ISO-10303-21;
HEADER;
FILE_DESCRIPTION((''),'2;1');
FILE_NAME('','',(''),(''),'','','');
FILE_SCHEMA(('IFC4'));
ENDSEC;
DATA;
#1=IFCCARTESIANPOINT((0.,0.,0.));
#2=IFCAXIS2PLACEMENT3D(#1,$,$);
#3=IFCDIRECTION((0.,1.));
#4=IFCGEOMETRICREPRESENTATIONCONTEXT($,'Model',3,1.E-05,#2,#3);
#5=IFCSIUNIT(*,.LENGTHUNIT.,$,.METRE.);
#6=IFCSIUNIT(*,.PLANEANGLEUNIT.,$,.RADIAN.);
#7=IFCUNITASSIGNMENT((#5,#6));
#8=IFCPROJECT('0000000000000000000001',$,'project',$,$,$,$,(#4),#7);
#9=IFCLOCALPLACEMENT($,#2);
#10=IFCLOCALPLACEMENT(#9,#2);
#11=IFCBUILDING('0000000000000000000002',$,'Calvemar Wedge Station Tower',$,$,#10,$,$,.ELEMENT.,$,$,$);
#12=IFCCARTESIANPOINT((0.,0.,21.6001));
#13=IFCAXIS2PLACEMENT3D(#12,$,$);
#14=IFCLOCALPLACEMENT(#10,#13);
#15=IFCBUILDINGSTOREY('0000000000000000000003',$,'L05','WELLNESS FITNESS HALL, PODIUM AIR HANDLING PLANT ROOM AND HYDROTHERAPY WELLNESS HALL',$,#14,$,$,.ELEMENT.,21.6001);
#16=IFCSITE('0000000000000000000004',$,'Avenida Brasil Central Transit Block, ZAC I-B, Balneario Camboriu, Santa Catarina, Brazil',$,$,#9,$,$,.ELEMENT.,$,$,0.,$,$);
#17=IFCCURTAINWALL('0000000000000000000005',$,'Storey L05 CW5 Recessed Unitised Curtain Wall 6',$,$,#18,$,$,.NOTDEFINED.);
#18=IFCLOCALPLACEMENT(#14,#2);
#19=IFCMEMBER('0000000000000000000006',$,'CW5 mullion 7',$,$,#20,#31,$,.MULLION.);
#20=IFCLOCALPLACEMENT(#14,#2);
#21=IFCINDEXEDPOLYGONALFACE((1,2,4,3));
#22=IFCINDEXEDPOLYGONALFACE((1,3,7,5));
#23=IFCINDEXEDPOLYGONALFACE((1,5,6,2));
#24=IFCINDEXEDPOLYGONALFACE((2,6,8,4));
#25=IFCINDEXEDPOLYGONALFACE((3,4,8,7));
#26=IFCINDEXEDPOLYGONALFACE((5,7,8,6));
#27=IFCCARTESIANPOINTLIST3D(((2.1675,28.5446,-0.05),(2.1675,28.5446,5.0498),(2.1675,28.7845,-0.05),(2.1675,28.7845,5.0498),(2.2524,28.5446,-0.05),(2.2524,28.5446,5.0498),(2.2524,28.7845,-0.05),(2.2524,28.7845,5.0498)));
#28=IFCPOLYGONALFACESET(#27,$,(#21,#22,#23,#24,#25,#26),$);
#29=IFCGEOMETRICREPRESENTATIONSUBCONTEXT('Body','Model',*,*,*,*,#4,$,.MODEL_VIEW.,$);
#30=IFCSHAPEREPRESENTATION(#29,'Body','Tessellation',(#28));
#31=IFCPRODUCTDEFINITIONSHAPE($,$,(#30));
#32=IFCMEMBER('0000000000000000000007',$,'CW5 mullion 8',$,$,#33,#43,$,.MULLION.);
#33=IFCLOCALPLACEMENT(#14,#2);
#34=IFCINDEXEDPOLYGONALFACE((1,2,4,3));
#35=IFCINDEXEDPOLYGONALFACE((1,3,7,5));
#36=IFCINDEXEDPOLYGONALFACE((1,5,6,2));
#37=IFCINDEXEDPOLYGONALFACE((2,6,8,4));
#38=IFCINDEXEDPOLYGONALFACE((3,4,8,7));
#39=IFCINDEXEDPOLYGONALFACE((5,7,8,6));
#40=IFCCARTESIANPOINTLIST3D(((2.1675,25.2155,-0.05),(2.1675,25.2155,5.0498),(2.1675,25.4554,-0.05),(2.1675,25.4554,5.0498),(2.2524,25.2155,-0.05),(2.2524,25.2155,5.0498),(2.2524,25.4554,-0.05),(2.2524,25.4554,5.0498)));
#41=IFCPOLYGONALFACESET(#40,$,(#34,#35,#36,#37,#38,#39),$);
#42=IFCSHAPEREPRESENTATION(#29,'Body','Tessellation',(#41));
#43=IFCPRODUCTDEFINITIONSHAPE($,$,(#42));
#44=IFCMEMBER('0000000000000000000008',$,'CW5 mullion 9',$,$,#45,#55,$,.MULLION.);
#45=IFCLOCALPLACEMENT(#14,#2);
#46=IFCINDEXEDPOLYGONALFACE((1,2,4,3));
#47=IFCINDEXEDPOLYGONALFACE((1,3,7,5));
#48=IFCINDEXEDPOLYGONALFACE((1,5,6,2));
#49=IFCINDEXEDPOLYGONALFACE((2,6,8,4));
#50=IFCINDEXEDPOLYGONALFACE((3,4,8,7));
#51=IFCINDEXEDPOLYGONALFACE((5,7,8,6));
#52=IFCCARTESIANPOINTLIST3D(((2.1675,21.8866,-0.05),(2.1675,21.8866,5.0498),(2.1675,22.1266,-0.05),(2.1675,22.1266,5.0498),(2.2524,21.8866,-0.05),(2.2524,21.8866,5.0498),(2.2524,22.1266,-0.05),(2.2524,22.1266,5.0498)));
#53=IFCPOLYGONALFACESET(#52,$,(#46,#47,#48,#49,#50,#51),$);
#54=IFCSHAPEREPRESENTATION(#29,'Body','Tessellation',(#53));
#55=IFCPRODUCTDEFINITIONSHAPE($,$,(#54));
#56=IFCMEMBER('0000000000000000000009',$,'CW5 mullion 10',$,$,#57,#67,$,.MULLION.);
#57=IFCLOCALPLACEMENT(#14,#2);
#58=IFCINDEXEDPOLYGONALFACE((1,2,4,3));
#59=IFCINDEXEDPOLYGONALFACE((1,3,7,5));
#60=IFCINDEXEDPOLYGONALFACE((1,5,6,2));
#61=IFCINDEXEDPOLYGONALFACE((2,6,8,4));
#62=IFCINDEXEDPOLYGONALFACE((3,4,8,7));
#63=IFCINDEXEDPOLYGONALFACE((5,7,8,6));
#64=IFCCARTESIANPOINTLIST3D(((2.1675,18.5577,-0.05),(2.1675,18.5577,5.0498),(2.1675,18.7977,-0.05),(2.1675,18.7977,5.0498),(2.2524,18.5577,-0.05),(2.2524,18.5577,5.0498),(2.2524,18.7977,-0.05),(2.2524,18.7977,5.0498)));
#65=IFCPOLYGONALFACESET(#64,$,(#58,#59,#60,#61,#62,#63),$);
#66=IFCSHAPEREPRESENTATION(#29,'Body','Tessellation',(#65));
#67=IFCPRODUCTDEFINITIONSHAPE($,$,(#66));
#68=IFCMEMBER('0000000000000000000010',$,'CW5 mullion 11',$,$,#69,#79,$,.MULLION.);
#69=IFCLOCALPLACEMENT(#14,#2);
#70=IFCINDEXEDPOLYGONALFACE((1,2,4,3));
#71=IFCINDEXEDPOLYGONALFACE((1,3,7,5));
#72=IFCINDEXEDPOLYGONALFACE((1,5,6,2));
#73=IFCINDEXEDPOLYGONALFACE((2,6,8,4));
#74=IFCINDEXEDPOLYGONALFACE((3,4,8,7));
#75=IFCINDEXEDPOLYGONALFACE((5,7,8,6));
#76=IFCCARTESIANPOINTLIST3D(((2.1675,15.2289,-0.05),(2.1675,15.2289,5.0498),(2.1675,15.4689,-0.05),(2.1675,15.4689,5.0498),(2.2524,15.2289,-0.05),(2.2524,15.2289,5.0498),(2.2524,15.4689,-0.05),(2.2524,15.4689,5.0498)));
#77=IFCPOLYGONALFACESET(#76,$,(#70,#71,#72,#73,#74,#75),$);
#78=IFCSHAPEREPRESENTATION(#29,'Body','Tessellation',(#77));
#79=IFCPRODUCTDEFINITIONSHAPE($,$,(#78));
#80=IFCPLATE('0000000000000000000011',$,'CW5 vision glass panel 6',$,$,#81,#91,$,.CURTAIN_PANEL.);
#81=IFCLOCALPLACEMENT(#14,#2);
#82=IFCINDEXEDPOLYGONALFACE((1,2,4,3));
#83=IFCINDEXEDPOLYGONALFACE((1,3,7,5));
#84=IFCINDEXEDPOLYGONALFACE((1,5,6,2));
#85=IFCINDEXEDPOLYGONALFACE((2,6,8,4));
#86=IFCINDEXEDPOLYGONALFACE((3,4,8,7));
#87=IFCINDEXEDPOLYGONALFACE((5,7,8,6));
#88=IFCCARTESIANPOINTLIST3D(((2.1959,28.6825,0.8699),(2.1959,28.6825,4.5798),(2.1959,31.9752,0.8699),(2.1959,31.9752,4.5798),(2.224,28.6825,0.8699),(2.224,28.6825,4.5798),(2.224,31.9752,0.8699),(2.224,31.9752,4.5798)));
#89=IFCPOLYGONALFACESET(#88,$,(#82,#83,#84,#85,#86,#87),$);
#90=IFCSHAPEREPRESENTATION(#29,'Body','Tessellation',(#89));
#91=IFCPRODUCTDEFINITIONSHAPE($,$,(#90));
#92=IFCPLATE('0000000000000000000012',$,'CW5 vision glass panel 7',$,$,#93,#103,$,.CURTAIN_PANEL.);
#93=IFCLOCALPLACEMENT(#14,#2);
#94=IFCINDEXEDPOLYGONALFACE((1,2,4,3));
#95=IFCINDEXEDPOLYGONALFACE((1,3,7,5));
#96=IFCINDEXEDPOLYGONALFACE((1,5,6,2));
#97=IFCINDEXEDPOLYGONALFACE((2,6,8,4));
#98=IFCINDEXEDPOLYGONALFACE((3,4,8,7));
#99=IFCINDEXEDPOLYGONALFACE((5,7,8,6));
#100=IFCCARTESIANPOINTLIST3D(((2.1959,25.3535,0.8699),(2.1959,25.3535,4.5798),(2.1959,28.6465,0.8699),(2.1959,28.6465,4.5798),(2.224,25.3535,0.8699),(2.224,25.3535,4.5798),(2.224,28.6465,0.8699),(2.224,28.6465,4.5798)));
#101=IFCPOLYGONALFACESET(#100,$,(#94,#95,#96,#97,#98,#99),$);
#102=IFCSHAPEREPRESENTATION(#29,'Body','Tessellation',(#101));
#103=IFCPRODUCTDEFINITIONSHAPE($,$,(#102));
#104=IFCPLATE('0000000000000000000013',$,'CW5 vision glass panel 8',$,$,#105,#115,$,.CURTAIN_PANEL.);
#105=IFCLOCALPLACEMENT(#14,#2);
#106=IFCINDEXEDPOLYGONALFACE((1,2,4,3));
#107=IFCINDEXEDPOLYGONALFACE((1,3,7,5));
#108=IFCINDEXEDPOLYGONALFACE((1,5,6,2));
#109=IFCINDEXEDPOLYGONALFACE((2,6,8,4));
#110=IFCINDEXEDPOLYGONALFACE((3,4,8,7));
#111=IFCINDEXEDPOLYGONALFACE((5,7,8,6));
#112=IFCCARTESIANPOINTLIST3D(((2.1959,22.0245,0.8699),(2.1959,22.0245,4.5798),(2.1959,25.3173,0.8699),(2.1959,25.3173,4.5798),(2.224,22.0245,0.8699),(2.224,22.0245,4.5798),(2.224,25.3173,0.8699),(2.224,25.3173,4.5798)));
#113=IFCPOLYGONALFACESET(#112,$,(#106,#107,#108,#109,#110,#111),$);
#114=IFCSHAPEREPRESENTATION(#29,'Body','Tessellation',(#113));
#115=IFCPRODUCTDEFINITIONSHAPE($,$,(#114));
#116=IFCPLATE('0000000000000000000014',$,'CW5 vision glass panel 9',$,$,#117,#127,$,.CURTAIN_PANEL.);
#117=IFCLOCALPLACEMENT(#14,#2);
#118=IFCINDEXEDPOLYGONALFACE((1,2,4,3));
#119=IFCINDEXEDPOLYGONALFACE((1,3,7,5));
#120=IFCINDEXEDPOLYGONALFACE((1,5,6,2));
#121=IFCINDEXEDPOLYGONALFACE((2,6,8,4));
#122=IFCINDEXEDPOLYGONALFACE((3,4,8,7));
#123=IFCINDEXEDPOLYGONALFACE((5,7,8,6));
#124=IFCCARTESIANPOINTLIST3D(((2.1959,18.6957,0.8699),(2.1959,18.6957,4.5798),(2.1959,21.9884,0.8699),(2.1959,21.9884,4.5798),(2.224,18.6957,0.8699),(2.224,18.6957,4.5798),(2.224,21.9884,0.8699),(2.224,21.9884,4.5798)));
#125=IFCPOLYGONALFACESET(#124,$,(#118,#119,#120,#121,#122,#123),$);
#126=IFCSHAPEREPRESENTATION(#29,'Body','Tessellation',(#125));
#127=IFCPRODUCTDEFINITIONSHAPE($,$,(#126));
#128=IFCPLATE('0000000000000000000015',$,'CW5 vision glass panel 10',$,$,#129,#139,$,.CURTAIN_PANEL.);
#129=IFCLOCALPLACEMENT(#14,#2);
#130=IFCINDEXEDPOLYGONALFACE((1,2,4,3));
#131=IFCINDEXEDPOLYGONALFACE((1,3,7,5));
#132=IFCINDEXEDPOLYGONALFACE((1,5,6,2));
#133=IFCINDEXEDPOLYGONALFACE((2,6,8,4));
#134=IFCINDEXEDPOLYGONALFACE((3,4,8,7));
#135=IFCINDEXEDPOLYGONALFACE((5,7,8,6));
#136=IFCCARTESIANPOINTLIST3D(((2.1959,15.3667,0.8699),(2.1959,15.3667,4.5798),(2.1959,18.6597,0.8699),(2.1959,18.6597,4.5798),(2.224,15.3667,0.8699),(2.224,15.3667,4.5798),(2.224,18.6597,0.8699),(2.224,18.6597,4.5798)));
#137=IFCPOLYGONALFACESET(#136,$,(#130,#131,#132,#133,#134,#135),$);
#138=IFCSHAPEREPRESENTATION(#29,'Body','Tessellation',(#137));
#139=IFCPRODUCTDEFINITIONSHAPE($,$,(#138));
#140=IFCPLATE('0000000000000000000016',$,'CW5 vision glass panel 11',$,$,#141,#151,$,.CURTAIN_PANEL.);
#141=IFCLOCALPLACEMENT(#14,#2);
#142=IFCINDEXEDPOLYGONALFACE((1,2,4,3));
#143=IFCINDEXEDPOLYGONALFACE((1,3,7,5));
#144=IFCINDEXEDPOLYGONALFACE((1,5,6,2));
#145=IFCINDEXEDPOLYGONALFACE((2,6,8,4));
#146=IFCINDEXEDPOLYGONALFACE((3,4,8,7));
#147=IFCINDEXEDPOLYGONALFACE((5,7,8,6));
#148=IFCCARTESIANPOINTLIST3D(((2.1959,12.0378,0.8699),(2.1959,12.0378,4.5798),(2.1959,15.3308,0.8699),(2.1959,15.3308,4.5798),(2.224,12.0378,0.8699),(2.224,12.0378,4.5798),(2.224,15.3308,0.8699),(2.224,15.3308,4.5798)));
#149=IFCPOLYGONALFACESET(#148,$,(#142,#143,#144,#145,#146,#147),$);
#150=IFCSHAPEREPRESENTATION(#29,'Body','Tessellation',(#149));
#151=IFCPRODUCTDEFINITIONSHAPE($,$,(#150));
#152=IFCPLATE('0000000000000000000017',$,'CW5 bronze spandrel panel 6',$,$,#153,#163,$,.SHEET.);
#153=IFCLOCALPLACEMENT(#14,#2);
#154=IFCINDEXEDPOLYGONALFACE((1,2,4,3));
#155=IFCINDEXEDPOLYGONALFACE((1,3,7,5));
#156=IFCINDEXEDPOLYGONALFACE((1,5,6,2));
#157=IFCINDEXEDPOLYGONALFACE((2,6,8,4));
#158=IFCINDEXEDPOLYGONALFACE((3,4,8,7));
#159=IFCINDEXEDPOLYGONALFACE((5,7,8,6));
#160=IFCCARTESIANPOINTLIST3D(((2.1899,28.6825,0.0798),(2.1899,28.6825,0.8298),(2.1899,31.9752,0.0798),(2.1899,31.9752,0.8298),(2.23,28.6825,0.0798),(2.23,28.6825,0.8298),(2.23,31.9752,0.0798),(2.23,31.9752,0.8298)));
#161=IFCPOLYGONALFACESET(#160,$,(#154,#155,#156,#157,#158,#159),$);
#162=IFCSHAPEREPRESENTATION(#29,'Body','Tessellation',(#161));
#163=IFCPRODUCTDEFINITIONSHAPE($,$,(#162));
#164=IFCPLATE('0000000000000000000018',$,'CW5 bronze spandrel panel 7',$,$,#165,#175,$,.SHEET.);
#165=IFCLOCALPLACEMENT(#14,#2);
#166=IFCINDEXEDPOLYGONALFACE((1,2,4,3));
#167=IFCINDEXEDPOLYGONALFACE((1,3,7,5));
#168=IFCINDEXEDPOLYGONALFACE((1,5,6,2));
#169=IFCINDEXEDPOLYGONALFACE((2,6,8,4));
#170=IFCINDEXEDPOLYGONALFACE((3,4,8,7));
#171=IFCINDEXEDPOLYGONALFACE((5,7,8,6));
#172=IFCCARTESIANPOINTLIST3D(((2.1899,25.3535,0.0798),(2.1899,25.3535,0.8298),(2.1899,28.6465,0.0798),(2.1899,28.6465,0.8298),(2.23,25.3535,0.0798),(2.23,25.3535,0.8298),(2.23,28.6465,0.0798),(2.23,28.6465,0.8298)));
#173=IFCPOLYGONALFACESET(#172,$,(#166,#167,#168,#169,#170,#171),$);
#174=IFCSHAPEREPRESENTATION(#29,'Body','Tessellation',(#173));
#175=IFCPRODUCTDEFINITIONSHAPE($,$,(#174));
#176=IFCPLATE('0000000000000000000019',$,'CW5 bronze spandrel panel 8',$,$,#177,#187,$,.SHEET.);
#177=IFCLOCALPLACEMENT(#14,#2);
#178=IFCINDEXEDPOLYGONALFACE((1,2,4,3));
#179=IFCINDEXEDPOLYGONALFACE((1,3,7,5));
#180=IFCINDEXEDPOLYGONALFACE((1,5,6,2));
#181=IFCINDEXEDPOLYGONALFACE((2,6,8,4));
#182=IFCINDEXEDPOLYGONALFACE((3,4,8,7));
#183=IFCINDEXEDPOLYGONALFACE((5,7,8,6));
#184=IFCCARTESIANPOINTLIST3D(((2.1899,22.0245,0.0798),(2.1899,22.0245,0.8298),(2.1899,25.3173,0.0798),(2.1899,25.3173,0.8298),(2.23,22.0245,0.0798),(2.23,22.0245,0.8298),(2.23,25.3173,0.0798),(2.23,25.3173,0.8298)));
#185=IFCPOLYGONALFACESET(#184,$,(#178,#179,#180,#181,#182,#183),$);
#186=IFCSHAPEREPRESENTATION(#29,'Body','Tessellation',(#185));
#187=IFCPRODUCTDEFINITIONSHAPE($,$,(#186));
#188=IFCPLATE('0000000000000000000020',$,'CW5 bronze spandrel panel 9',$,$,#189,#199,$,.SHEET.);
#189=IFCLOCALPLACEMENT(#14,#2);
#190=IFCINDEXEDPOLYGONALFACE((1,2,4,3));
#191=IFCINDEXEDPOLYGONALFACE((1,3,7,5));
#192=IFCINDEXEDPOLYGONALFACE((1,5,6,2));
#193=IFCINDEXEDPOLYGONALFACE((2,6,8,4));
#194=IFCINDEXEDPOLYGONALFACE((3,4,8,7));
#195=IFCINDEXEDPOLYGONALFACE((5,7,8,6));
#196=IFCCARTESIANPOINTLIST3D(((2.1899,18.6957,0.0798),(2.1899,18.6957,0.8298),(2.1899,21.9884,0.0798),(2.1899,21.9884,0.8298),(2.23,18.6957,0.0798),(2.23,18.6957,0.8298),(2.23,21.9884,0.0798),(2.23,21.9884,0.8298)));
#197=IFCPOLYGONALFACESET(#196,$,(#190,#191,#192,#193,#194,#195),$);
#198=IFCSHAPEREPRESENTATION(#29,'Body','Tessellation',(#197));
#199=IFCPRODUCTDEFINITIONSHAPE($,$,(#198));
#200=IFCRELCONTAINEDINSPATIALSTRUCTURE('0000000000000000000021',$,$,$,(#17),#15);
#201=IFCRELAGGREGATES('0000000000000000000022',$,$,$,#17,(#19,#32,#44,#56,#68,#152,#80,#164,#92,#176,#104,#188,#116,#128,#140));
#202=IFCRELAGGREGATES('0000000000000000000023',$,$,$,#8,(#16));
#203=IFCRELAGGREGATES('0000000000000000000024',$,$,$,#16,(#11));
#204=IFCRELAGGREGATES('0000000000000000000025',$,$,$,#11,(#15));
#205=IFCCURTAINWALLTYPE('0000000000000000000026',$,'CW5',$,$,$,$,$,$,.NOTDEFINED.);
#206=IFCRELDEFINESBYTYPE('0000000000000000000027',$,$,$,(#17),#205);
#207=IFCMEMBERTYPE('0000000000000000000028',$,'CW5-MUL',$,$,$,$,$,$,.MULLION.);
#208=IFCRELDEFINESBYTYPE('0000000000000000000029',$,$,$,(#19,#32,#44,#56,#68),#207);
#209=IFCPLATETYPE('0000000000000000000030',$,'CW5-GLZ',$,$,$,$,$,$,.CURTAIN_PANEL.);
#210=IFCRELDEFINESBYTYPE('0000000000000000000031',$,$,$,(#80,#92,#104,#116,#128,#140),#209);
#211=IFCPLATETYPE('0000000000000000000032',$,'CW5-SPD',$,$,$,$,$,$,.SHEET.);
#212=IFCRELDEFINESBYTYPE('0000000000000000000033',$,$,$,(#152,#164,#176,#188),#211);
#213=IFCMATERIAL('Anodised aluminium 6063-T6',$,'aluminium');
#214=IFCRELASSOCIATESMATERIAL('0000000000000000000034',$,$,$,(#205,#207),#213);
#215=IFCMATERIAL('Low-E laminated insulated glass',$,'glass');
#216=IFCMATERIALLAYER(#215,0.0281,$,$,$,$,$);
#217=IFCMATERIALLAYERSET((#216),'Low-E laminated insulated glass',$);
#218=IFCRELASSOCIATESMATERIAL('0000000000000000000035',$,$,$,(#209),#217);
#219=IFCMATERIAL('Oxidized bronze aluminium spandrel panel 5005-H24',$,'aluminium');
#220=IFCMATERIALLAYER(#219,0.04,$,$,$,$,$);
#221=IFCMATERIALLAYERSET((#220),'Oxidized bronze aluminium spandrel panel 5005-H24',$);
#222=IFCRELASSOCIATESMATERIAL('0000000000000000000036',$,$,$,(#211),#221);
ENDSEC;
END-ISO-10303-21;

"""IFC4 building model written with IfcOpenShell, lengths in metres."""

from ifc_helpers import new_model, si_unit, direction, frame, frame_2d, origin, origin_2d, place, context, subcontext, project, spatial, rectangle, extrude, source, transform, mapped, material, layer, layer_set, material_profile, profile_set, type_object, element, aggregate, save


model = new_model("IFC4")

# Units and contexts
model_context = context("Model", 3, precision=1e-05, world=origin(), true_north=direction((0.0, 1.0)))
body_context = subcontext(model_context, "Body", "Model", "MODEL_VIEW")
ifc_project = project(units=[si_unit("LENGTHUNIT", "METRE"), si_unit("PLANEANGLEUNIT", "RADIAN")], contexts=[model_context])

# Site, building, storey
site_placement = place(None, origin())
site = spatial("IfcSite", under=ifc_project, at=site_placement, Name="Avenida Brasil Central Transit Block, ZAC I-B, Balneario Camboriu, Santa Catarina, Brazil", CompositionType="ELEMENT", RefElevation=0.0)
building_placement = place(site_placement, origin())
building = spatial("IfcBuilding", under=site, at=building_placement, Name="Calvemar Wedge Station Tower", CompositionType="ELEMENT")
storey_placement = place(building_placement, frame((0.0, 0.0, 21.6001)))
storey = spatial("IfcBuildingStorey", under=building, at=storey_placement, Name="L05", Description="WELLNESS FITNESS HALL, PODIUM AIR HANDLING PLANT ROOM AND HYDROTHERAPY WELLNESS HALL", CompositionType="ELEMENT", Elevation=21.6001)

# Curtain wall, members, plates
ifc_material_1 = material(Name="Anodised aluminium 6063-T6", Category="aluminium")
curtain_wall_type = type_object("IfcCurtainWallType", Name="CW5", PredefinedType="NOTDEFINED", material=ifc_material_1)
curtain_wall_placement = place(storey_placement, origin())
curtain_wall = element("IfcCurtainWall", 1, at=curtain_wall_placement, inside=storey, type_object=curtain_wall_type, Name="Storey L05 CW5 Recessed Unitised Curtain Wall 6", PredefinedType="NOTDEFINED")
ifc_material_profile_1 = material_profile(ifc_material_1, rectangle(XDim=0.085, YDim=0.24, at=origin_2d()), Name="AL-MUL-85x240")
ifc_profile_set_1 = profile_set([ifc_material_profile_1], Name="Anodised aluminium 6063-T6")
member_type_1 = type_object("IfcMemberType", Name="CW5-MUL", PredefinedType="MULLION", material=ifc_profile_set_1)
shared_shape_1 = source(origin(), body_context, "Body", "SweptSolid", [
    extrude(rectangle(XDim=0.085, YDim=0.24, at=origin_2d()), origin(), (0.0, 0.0, 1.0), 5.0999),
])
member_1_placement = place(storey_placement, frame((2.21, 28.6646, -0.05), z_axis=(0.0, 0.0, 1.0), x_axis=(1.0, 0.0, 0.0)))
member_1 = element("IfcMember", 2, at=member_1_placement, type_object=member_type_1, Name="CW5 mullion 7", PredefinedType="MULLION", context=body_context, shape_type="MappedRepresentation", body=[
    mapped(shared_shape_1, transform((0.0, 0.0, 0.0), scale=1.0)),
])
member_2_placement = place(storey_placement, frame((2.21, 25.3354, -0.05), z_axis=(0.0, 0.0, 1.0), x_axis=(1.0, 0.0, 0.0)))
member_2 = element("IfcMember", 3, at=member_2_placement, type_object=member_type_1, Name="CW5 mullion 8", PredefinedType="MULLION", context=body_context, shape_type="MappedRepresentation", body=[
    mapped(shared_shape_1, transform((0.0, 0.0, 0.0), scale=1.0)),
])
member_3_placement = place(storey_placement, frame((2.21, 22.0066, -0.05), z_axis=(0.0, 0.0, 1.0), x_axis=(1.0, 0.0, 0.0)))
member_3 = element("IfcMember", 4, at=member_3_placement, type_object=member_type_1, Name="CW5 mullion 9", PredefinedType="MULLION", context=body_context, shape_type="MappedRepresentation", body=[
    mapped(shared_shape_1, transform((0.0, 0.0, 0.0), scale=1.0)),
])
member_4_placement = place(storey_placement, frame((2.21, 18.6777, -0.05), z_axis=(0.0, 0.0, 1.0), x_axis=(1.0, 0.0, 0.0)))
member_4 = element("IfcMember", 5, at=member_4_placement, type_object=member_type_1, Name="CW5 mullion 10", PredefinedType="MULLION", context=body_context, shape_type="MappedRepresentation", body=[
    mapped(shared_shape_1, transform((0.0, 0.0, 0.0), scale=1.0)),
])
member_5_placement = place(storey_placement, frame((2.21, 15.3489, -0.05), z_axis=(0.0, 0.0, 1.0), x_axis=(1.0, 0.0, 0.0)))
member_5 = element("IfcMember", 6, at=member_5_placement, type_object=member_type_1, Name="CW5 mullion 11", PredefinedType="MULLION", context=body_context, shape_type="MappedRepresentation", body=[
    mapped(shared_shape_1, transform((0.0, 0.0, 0.0), scale=1.0)),
])
ifc_material_2 = material(Name="Low-E laminated insulated glass", Category="glass")
ifc_layer_1 = layer(ifc_material_2, 0.0281)
ifc_layer_set_1 = layer_set([ifc_layer_1], Name="Low-E laminated insulated glass")
plate_type_1 = type_object("IfcPlateType", Name="CW5-GLZ", PredefinedType="CURTAIN_PANEL", material=ifc_layer_set_1)
plate_1_placement = place(storey_placement, frame((2.21, 31.9753, 0.8699), z_axis=(0.0, 0.0, 1.0), x_axis=(0.0, -1.0, 0.0)))
plate_1 = element("IfcPlate", 7, at=plate_1_placement, type_object=plate_type_1, Name="CW5 vision glass panel 6", PredefinedType="CURTAIN_PANEL", context=body_context, shape_type="SweptSolid", body=[
    extrude(rectangle(XDim=3.2927, YDim=0.0281, at=frame_2d((1.6465, 0.0))), origin(), (0.0, 0.0, 1.0), 3.71),
])
plate_2_placement = place(storey_placement, frame((2.21, 28.6465, 0.8699), z_axis=(0.0, 0.0, 1.0), x_axis=(0.0, -1.0, 0.0)))
plate_2 = element("IfcPlate", 8, at=plate_2_placement, type_object=plate_type_1, Name="CW5 vision glass panel 7", PredefinedType="CURTAIN_PANEL", context=body_context, shape_type="SweptSolid", body=[
    extrude(rectangle(XDim=3.293, YDim=0.0281, at=frame_2d((1.6465, 0.0))), origin(), (0.0, 0.0, 1.0), 3.71),
])
plate_3_placement = place(storey_placement, frame((2.21, 25.3174, 0.8699), z_axis=(0.0, 0.0, 1.0), x_axis=(0.0, -1.0, 0.0)))
plate_3 = element("IfcPlate", 9, at=plate_3_placement, type_object=plate_type_1, Name="CW5 vision glass panel 8", PredefinedType="CURTAIN_PANEL", context=body_context, shape_type="SweptSolid", body=[
    extrude(rectangle(XDim=3.2927, YDim=0.0281, at=frame_2d((1.6465, 0.0))), origin(), (0.0, 0.0, 1.0), 3.71),
])
plate_4_placement = place(storey_placement, frame((2.21, 21.9885, 0.8699), z_axis=(0.0, 0.0, 1.0), x_axis=(0.0, -1.0, 0.0)))
plate_4 = element("IfcPlate", 10, at=plate_4_placement, type_object=plate_type_1, Name="CW5 vision glass panel 9", PredefinedType="CURTAIN_PANEL", context=body_context, shape_type="SweptSolid", body=[
    extrude(rectangle(XDim=3.2927, YDim=0.0281, at=frame_2d((1.6465, 0.0))), origin(), (0.0, 0.0, 1.0), 3.71),
])
plate_5_placement = place(storey_placement, frame((2.21, 18.6597, 0.8699), z_axis=(0.0, 0.0, 1.0), x_axis=(0.0, -1.0, 0.0)))
plate_5 = element("IfcPlate", 11, at=plate_5_placement, type_object=plate_type_1, Name="CW5 vision glass panel 10", PredefinedType="CURTAIN_PANEL", context=body_context, shape_type="SweptSolid", body=[
    extrude(rectangle(XDim=3.293, YDim=0.0281, at=frame_2d((1.6465, 0.0))), origin(), (0.0, 0.0, 1.0), 3.71),
])
plate_6_placement = place(storey_placement, frame((2.21, 15.3308, 0.8699), z_axis=(0.0, 0.0, 1.0), x_axis=(0.0, -1.0, 0.0)))
plate_6 = element("IfcPlate", 12, at=plate_6_placement, type_object=plate_type_1, Name="CW5 vision glass panel 11", PredefinedType="CURTAIN_PANEL", context=body_context, shape_type="SweptSolid", body=[
    extrude(rectangle(XDim=3.293, YDim=0.0281, at=frame_2d((1.6465, 0.0))), origin(), (0.0, 0.0, 1.0), 3.71),
])
ifc_material_3 = material(Name="Oxidized bronze aluminium spandrel panel 5005-H24", Category="aluminium")
ifc_layer_2 = layer(ifc_material_3, 0.04)
ifc_layer_set_2 = layer_set([ifc_layer_2], Name="Oxidized bronze aluminium spandrel panel 5005-H24")
plate_type_2 = type_object("IfcPlateType", Name="CW5-SPD", PredefinedType="SHEET", material=ifc_layer_set_2)
plate_7_placement = place(storey_placement, frame((2.21, 31.9753, 0.0798), z_axis=(0.0, 0.0, 1.0), x_axis=(0.0, -1.0, 0.0)))
plate_7 = element("IfcPlate", 13, at=plate_7_placement, type_object=plate_type_2, Name="CW5 bronze spandrel panel 6", PredefinedType="SHEET", context=body_context, shape_type="SweptSolid", body=[
    extrude(rectangle(XDim=3.2927, YDim=0.04, at=frame_2d((1.6465, 0.0))), origin(), (0.0, 0.0, 1.0), 0.75),
])
plate_8_placement = place(storey_placement, frame((2.21, 28.6465, 0.0798), z_axis=(0.0, 0.0, 1.0), x_axis=(0.0, -1.0, 0.0)))
plate_8 = element("IfcPlate", 14, at=plate_8_placement, type_object=plate_type_2, Name="CW5 bronze spandrel panel 7", PredefinedType="SHEET", context=body_context, shape_type="SweptSolid", body=[
    extrude(rectangle(XDim=3.293, YDim=0.04, at=frame_2d((1.6465, 0.0))), origin(), (0.0, 0.0, 1.0), 0.75),
])
plate_9_placement = place(storey_placement, frame((2.21, 25.3174, 0.0798), z_axis=(0.0, 0.0, 1.0), x_axis=(0.0, -1.0, 0.0)))
plate_9 = element("IfcPlate", 15, at=plate_9_placement, type_object=plate_type_2, Name="CW5 bronze spandrel panel 8", PredefinedType="SHEET", context=body_context, shape_type="SweptSolid", body=[
    extrude(rectangle(XDim=3.2927, YDim=0.04, at=frame_2d((1.6465, 0.0))), origin(), (0.0, 0.0, 1.0), 0.75),
])
plate_10_placement = place(storey_placement, frame((2.21, 21.9885, 0.0798), z_axis=(0.0, 0.0, 1.0), x_axis=(0.0, -1.0, 0.0)))
plate_10 = element("IfcPlate", 16, at=plate_10_placement, type_object=plate_type_2, Name="CW5 bronze spandrel panel 9", PredefinedType="SHEET", context=body_context, shape_type="SweptSolid", body=[
    extrude(rectangle(XDim=3.2927, YDim=0.04, at=frame_2d((1.6465, 0.0))), origin(), (0.0, 0.0, 1.0), 0.75),
])
aggregate(curtain_wall, [member_1, member_2, member_3, member_4, member_5, plate_7, plate_1, plate_8, plate_2, plate_9, plate_3, plate_10, plate_4, plate_5, plate_6])

save(model, "model.ifc")
